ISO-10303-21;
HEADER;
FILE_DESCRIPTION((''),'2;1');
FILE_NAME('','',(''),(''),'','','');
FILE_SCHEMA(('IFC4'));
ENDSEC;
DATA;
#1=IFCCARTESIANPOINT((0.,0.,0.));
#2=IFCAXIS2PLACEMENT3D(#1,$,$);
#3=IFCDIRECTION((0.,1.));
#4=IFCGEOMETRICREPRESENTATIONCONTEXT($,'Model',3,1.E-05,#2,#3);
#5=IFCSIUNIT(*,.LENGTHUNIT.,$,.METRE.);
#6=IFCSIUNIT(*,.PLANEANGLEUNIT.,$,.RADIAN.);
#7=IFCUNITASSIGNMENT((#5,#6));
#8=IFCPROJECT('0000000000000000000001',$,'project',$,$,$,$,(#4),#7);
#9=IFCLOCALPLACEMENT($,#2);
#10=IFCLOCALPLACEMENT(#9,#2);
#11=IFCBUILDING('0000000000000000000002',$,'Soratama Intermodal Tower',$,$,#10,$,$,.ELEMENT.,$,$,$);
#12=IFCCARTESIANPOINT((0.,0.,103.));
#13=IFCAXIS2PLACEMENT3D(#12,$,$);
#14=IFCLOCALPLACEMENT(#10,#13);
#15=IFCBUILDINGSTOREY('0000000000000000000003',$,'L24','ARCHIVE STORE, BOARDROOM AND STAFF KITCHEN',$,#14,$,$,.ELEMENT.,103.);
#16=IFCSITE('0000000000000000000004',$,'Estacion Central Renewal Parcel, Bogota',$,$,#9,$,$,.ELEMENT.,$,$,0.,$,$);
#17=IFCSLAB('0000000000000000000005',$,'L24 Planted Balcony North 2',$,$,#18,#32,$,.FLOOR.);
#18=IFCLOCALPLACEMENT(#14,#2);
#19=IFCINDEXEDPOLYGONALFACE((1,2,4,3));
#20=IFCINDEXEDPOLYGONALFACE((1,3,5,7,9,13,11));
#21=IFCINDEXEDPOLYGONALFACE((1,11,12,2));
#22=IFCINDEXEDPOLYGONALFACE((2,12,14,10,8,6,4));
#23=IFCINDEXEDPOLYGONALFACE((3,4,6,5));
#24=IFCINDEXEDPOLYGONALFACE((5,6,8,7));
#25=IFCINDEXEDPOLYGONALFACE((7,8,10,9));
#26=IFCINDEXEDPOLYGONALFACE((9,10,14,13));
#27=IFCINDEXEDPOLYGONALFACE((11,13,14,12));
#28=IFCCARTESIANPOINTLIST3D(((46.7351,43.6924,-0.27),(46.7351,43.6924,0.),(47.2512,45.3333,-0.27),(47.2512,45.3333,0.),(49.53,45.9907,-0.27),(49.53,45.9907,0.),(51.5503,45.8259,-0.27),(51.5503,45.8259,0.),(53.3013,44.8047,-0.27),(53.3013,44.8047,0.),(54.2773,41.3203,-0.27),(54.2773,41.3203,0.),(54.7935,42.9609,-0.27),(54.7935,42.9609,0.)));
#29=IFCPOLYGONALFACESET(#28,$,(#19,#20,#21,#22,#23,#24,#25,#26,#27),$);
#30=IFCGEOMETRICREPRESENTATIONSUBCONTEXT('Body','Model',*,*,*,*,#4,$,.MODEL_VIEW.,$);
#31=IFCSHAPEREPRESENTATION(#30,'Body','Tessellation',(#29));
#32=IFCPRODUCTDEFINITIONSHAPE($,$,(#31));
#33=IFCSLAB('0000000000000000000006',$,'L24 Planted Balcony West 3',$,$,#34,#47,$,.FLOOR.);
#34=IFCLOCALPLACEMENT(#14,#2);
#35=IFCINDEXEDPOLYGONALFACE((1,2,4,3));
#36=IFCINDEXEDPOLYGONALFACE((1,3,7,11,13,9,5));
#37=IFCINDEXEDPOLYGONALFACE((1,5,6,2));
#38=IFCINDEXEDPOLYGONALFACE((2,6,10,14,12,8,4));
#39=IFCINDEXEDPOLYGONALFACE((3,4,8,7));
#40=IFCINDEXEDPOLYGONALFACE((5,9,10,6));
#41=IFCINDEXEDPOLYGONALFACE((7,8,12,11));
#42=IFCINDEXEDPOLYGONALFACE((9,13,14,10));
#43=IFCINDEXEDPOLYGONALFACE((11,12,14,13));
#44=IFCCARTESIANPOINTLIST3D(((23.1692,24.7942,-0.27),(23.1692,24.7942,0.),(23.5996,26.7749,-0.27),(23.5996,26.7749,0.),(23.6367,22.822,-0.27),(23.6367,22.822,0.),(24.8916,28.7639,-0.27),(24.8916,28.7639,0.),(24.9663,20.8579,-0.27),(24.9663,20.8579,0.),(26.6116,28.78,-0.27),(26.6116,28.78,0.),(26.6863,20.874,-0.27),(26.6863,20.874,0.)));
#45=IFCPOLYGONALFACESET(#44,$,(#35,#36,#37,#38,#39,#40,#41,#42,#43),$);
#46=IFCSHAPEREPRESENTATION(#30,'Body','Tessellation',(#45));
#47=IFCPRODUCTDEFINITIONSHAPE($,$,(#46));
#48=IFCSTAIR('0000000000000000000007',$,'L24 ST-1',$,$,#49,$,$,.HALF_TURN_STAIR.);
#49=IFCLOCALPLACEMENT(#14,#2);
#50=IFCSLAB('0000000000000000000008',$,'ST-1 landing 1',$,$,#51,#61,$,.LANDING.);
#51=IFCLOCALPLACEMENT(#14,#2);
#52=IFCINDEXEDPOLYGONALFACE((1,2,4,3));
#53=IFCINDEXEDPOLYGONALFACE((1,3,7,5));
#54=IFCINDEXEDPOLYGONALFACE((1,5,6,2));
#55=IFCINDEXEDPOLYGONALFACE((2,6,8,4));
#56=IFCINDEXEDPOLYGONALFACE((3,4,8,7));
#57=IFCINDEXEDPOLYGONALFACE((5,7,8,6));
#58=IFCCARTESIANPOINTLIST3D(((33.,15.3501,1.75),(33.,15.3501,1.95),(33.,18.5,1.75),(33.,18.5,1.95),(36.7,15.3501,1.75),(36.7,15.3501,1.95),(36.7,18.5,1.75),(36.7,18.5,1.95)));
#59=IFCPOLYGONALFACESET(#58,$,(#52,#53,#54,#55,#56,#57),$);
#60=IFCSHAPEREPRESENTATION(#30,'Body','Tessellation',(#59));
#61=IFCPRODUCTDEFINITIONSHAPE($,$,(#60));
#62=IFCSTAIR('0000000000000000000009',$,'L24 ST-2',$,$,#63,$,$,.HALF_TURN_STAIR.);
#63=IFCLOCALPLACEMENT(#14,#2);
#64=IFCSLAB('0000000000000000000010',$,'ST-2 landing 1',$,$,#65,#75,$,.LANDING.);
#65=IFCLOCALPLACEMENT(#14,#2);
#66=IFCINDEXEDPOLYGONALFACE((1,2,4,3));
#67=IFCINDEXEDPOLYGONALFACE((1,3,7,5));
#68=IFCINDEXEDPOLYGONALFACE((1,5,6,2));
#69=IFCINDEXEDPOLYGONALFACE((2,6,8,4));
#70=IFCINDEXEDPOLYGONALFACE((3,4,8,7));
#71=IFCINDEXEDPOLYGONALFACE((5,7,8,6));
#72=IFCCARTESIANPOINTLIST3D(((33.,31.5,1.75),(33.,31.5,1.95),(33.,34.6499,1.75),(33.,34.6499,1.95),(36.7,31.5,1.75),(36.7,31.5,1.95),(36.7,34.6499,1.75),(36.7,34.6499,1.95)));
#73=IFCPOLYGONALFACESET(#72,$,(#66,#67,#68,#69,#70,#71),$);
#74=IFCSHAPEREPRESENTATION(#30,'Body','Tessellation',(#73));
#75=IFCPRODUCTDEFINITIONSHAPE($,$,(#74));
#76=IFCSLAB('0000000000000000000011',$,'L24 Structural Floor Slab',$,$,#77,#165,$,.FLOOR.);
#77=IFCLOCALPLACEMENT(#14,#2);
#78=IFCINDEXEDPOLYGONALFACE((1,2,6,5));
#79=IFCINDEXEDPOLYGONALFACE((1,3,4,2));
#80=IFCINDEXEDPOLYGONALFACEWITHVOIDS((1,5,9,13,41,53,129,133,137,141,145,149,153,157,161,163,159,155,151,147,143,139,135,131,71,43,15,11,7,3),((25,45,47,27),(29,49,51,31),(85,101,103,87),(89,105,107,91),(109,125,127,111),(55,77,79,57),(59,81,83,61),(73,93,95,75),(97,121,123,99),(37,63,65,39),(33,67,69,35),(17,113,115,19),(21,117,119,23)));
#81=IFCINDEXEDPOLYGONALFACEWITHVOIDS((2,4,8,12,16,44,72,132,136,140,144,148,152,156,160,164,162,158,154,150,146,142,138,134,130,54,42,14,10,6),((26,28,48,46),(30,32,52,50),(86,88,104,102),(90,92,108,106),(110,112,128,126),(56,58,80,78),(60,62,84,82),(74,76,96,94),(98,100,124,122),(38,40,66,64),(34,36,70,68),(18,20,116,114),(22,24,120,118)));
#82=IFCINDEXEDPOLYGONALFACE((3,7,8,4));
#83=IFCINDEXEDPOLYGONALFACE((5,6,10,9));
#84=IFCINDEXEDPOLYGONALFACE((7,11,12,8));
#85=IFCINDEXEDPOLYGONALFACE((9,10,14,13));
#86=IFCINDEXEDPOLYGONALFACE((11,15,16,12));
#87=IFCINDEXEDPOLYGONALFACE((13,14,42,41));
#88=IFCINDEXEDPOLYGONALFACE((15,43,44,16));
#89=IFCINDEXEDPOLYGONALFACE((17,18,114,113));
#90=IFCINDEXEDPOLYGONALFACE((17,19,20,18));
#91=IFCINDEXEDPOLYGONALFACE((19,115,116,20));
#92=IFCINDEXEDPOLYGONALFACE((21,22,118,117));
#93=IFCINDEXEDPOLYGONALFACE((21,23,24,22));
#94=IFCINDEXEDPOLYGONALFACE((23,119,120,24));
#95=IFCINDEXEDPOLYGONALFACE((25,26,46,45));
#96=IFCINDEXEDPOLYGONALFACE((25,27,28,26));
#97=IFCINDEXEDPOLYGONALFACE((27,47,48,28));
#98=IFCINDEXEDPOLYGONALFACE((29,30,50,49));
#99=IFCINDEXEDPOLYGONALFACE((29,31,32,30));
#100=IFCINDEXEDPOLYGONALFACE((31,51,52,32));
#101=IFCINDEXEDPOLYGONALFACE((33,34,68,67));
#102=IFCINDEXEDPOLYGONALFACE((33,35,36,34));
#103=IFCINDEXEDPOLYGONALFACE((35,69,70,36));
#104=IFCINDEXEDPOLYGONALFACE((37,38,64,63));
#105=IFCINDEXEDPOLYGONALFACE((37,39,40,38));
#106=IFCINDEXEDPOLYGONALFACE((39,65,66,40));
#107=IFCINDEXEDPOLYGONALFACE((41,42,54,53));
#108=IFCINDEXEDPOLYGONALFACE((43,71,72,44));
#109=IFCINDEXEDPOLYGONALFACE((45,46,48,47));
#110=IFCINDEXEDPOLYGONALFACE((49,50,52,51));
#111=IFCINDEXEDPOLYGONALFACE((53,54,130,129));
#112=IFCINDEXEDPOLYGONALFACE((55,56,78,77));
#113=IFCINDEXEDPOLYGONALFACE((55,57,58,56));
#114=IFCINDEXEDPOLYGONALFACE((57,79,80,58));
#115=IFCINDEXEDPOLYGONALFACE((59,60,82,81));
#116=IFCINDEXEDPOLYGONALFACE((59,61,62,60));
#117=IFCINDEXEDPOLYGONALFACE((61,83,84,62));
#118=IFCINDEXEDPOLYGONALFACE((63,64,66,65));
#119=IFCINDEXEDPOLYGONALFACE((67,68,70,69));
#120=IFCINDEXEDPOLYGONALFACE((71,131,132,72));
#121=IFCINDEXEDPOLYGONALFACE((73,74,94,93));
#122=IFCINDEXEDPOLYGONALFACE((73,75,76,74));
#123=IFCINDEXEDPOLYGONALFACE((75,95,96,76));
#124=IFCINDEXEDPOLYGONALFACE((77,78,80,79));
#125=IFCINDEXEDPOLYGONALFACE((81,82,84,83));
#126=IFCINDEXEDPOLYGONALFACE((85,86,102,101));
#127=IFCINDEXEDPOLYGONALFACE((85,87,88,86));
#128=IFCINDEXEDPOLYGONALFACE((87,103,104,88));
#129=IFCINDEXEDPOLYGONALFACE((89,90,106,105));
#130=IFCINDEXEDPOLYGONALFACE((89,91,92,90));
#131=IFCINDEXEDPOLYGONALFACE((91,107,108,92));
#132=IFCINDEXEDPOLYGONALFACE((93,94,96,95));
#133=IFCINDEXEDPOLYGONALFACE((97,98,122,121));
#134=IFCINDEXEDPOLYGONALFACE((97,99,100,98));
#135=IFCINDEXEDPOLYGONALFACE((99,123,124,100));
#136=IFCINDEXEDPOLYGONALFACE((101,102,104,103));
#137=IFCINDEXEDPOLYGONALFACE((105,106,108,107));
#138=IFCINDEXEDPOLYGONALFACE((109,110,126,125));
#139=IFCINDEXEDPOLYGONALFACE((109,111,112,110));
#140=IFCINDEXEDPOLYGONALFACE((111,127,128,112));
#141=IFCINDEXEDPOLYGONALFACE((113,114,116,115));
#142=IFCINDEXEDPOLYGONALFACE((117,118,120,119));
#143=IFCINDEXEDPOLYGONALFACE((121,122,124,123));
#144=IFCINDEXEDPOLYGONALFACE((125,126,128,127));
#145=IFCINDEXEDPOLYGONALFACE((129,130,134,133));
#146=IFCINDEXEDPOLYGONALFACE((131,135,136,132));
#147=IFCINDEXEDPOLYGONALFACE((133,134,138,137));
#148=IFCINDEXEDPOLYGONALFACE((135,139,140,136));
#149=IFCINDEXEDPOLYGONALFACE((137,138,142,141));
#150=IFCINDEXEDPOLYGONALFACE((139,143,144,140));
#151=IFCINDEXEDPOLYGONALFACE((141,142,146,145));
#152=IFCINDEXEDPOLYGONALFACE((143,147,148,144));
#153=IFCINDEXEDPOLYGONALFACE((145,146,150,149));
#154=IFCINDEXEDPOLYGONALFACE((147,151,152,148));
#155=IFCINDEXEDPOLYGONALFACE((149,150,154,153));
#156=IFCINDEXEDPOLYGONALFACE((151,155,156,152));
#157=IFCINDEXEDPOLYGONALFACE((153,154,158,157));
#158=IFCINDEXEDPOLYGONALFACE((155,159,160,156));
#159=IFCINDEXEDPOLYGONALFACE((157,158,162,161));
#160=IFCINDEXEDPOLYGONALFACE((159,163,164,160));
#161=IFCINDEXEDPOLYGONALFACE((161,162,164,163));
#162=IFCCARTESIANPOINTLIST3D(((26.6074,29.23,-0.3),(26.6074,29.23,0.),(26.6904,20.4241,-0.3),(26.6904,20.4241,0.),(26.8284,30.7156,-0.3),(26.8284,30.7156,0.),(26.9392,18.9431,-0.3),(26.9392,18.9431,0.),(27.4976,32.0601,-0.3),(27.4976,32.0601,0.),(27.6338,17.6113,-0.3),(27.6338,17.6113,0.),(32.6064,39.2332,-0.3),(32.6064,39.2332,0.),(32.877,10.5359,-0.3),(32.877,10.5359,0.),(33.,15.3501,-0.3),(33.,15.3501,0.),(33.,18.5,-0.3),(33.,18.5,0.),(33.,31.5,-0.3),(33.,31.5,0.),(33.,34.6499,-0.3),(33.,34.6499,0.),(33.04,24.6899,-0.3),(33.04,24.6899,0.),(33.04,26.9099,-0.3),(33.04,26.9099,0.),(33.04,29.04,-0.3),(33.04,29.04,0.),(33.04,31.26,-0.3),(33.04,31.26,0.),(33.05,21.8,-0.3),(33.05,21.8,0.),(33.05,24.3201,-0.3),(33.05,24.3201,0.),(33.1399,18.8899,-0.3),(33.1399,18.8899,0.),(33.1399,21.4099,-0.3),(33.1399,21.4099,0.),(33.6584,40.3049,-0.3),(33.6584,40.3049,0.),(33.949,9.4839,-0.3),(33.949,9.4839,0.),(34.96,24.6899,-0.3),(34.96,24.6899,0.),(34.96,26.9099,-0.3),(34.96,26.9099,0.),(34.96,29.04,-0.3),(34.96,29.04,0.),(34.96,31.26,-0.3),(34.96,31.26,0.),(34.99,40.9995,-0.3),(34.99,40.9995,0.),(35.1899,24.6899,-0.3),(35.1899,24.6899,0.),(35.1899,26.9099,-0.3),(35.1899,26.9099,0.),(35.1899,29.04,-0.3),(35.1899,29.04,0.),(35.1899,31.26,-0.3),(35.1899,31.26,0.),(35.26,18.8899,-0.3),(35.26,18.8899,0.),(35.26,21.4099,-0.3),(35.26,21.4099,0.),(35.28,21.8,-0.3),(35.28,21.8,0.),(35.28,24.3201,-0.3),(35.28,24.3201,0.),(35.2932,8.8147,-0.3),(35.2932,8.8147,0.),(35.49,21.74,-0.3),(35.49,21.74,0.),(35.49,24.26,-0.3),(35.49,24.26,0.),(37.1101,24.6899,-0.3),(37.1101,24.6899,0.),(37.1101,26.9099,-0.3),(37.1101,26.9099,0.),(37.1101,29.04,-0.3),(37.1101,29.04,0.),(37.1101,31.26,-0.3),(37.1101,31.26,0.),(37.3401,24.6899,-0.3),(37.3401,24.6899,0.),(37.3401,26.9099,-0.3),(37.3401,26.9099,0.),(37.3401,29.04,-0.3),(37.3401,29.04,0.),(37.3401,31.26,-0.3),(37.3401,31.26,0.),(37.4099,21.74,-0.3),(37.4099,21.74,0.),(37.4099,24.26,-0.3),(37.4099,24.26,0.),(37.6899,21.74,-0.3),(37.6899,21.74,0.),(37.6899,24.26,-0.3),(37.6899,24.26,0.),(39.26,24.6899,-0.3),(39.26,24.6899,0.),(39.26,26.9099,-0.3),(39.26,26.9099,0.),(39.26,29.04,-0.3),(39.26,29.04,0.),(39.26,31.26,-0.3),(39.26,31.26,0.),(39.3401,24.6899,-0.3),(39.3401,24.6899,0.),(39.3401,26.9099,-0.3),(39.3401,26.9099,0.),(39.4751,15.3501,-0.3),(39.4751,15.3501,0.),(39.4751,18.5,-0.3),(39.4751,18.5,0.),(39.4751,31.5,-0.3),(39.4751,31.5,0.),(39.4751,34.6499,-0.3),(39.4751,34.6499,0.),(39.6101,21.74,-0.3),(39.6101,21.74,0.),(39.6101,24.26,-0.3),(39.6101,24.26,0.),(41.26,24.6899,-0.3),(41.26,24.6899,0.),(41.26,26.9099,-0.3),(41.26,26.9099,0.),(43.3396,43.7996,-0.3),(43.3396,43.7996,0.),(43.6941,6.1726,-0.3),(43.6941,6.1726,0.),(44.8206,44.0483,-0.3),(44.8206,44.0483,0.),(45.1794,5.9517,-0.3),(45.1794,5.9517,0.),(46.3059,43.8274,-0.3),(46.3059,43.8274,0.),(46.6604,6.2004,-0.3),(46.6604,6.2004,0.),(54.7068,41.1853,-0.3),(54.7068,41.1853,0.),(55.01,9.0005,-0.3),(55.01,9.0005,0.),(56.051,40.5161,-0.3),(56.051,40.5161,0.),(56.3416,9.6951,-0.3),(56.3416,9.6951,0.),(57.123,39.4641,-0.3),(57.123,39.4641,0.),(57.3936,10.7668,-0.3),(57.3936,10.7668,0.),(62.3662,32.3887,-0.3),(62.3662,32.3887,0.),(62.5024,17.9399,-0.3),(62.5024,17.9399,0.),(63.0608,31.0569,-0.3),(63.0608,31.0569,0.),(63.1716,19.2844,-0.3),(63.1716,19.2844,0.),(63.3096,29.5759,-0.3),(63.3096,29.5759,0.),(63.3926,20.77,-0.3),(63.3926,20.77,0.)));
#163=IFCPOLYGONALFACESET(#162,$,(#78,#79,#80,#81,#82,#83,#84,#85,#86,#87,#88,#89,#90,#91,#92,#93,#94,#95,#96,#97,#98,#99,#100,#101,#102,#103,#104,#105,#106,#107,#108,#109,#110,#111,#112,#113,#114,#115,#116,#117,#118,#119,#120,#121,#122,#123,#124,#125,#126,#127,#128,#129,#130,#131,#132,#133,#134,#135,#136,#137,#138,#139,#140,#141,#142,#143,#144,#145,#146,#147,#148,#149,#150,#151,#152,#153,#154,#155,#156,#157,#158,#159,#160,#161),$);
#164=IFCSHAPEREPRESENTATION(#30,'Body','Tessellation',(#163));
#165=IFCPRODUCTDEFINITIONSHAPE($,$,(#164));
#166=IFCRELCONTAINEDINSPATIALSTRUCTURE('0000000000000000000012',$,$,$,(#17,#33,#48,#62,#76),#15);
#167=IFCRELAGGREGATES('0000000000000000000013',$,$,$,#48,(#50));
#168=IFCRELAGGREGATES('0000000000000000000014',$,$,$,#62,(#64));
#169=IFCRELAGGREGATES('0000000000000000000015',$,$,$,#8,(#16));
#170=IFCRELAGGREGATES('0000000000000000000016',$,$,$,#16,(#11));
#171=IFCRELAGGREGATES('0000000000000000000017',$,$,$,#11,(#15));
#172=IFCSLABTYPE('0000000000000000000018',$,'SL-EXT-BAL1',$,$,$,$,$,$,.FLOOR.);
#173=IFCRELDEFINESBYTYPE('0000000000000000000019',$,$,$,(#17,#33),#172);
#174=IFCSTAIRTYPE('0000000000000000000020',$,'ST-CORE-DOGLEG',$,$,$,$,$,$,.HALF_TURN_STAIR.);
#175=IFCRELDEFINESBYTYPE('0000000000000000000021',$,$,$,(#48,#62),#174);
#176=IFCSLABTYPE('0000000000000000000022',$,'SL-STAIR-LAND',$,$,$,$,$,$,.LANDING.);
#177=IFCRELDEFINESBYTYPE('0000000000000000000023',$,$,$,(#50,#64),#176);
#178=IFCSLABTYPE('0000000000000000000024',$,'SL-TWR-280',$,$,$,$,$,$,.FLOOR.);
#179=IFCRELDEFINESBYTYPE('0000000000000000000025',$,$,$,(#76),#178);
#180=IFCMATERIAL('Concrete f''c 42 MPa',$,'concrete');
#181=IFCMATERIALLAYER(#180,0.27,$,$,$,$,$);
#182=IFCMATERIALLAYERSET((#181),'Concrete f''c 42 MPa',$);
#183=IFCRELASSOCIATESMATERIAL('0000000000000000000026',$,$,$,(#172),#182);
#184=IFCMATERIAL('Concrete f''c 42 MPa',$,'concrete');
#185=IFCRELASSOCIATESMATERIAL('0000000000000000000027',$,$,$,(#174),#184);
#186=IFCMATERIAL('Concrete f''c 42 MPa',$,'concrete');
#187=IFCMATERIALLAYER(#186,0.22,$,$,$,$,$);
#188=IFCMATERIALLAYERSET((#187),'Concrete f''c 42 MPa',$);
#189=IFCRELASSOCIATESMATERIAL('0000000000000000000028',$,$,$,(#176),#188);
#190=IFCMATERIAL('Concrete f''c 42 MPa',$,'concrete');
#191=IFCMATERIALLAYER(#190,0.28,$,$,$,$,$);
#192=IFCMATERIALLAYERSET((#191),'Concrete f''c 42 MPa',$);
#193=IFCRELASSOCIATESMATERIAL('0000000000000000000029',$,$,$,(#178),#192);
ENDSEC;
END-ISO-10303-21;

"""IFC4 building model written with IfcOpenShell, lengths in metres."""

from ifc_helpers import new_model, si_unit, direction, frame, origin, place, context, subcontext, project, spatial, polyline, outline, extrude, material, layer, layer_set, type_object, element, aggregate, save


model = new_model("IFC4")

# Units and contexts
model_context = context("Model", 3, precision=1e-05, world=origin(), true_north=direction((0.0, 1.0)))
body_context = subcontext(model_context, "Body", "Model", "MODEL_VIEW")
ifc_project = project(units=[si_unit("LENGTHUNIT", "METRE"), si_unit("PLANEANGLEUNIT", "RADIAN")], contexts=[model_context])

# Site, building, storey
site_placement = place(None, origin())
site = spatial("IfcSite", under=ifc_project, at=site_placement, Name="Estacion Central Renewal Parcel, Bogota", CompositionType="ELEMENT", RefElevation=0.0)
building_placement = place(site_placement, origin())
building = spatial("IfcBuilding", under=site, at=building_placement, Name="Soratama Intermodal Tower", CompositionType="ELEMENT")
storey_placement = place(building_placement, frame((0.0, 0.0, 103.0)))
storey = spatial("IfcBuildingStorey", under=building, at=storey_placement, Name="L24", Description="ARCHIVE STORE, BOARDROOM AND STAFF KITCHEN", CompositionType="ELEMENT", Elevation=103.0)

# Slabs
ifc_material_1 = material(Name="Concrete f'c 42 MPa", Category="concrete")
ifc_layer_1 = layer(ifc_material_1, 0.27)
ifc_layer_set_1 = layer_set([ifc_layer_1], Name="Concrete f'c 42 MPa")
slab_type_1 = type_object("IfcSlabType", Name="SL-EXT-BAL1", PredefinedType="FLOOR", material=ifc_layer_set_1)
slab_1_placement = place(storey_placement, frame((0.0, 0.0, -0.27)))
element("IfcSlab", 1, at=slab_1_placement, inside=storey, type_object=slab_type_1, Name="L24 Planted Balcony North 2", PredefinedType="FLOOR", context=body_context, shape_type="SweptSolid", body=[
    extrude(outline(polyline([(54.2773, 41.3203), (46.7351, 43.6924), (47.2512, 45.3333), (49.53, 45.9907), (51.5503, 45.8259), (53.3013, 44.8047), (54.7935, 42.9609), (54.2773, 41.3203)])), origin(), (0.0, 0.0, 1.0), 0.27),
])
slab_2_placement = place(storey_placement, frame((0.0, 0.0, -0.27)))
element("IfcSlab", 2, at=slab_2_placement, inside=storey, type_object=slab_type_1, Name="L24 Planted Balcony West 3", PredefinedType="FLOOR", context=body_context, shape_type="SweptSolid", body=[
    extrude(outline(polyline([(26.6116, 28.78), (26.6863, 20.874), (24.9663, 20.8579), (23.6367, 22.822), (23.1692, 24.7942), (23.5996, 26.7749), (24.8916, 28.7639), (26.6116, 28.78)])), origin(), (0.0, 0.0, 1.0), 0.27),
])

# Stairs, slabs
ifc_material_2 = material(Name="Concrete f'c 42 MPa", Category="concrete")
stair_type = type_object("IfcStairType", Name="ST-CORE-DOGLEG", PredefinedType="HALF_TURN_STAIR", material=ifc_material_2)
stair_1_placement = place(storey_placement, origin())
stair_1 = element("IfcStair", 3, at=stair_1_placement, inside=storey, type_object=stair_type, Name="L24 ST-1", PredefinedType="HALF_TURN_STAIR")
ifc_material_3 = material(Name="Concrete f'c 42 MPa", Category="concrete")
ifc_layer_2 = layer(ifc_material_3, 0.22)
ifc_layer_set_2 = layer_set([ifc_layer_2], Name="Concrete f'c 42 MPa")
slab_type_2 = type_object("IfcSlabType", Name="SL-STAIR-LAND", PredefinedType="LANDING", material=ifc_layer_set_2)
slab_3_placement = place(storey_placement, frame((0.0, 0.0, 1.75)))
slab_3 = element("IfcSlab", 4, at=slab_3_placement, type_object=slab_type_2, Name="ST-1 landing 1", PredefinedType="LANDING", context=body_context, shape_type="SweptSolid", body=[
    extrude(outline(polyline([(36.7, 18.5), (33.0, 18.5), (33.0, 15.3501), (36.7, 15.3501), (36.7, 18.5)])), origin(), (0.0, 0.0, 1.0), 0.2),
])
aggregate(stair_1, [slab_3])
stair_2_placement = place(storey_placement, origin())
stair_2 = element("IfcStair", 5, at=stair_2_placement, inside=storey, type_object=stair_type, Name="L24 ST-2", PredefinedType="HALF_TURN_STAIR")
slab_4_placement = place(storey_placement, frame((0.0, 0.0, 1.75)))
slab_4 = element("IfcSlab", 6, at=slab_4_placement, type_object=slab_type_2, Name="ST-2 landing 1", PredefinedType="LANDING", context=body_context, shape_type="SweptSolid", body=[
    extrude(outline(polyline([(36.7, 34.6499), (33.0, 34.6499), (33.0, 31.5), (36.7, 31.5), (36.7, 34.6499)])), origin(), (0.0, 0.0, 1.0), 0.2),
])
aggregate(stair_2, [slab_4])

# Slab
ifc_material_4 = material(Name="Concrete f'c 42 MPa", Category="concrete")
ifc_layer_3 = layer(ifc_material_4, 0.28)
ifc_layer_set_3 = layer_set([ifc_layer_3], Name="Concrete f'c 42 MPa")
slab_type_3 = type_object("IfcSlabType", Name="SL-TWR-280", PredefinedType="FLOOR", material=ifc_layer_set_3)
slab_5_placement = place(storey_placement, frame((0.0, 0.0, -0.3)))
element("IfcSlab", 7, at=slab_5_placement, inside=storey, type_object=slab_type_3, Name="L24 Structural Floor Slab", PredefinedType="FLOOR", context=body_context, shape_type="SweptSolid", body=[
    extrude(outline(polyline([(63.3096, 29.5759), (63.0608, 31.0569), (62.3662, 32.3887), (57.123, 39.4641), (56.051, 40.5161), (54.7068, 41.1853), (46.3059, 43.8274), (44.8206, 44.0483), (43.3396, 43.7996), (34.99, 40.9995), (33.6584, 40.3049), (32.6064, 39.2332), (27.4976, 32.0601), (26.8284, 30.7156), (26.6074, 29.23), (26.6904, 20.4241), (26.9392, 18.9431), (27.6338, 17.6113), (32.877, 10.5359), (33.949, 9.4839), (35.2932, 8.8147), (43.6941, 6.1726), (45.1794, 5.9517), (46.6604, 6.2004), (55.01, 9.0005), (56.3416, 9.6951), (57.3936, 10.7668), (62.5024, 17.9399), (63.1716, 19.2844), (63.3926, 20.77), (63.3096, 29.5759)]), holes=[polyline([(33.0, 18.5), (33.0, 15.3501), (39.4751, 15.3501), (39.4751, 18.5), (33.0, 18.5)]), polyline([(35.26, 18.8899), (35.26, 21.4099), (33.1399, 21.4099), (33.1399, 18.8899), (35.26, 18.8899)]), polyline([(33.05, 21.8), (35.28, 21.8), (35.28, 24.3201), (33.05, 24.3201), (33.05, 21.8)]), polyline([(34.96, 26.9099), (33.04, 26.9099), (33.04, 24.6899), (34.96, 24.6899), (34.96, 26.9099)]), polyline([(37.1101, 24.6899), (37.1101, 26.9099), (35.1899, 26.9099), (35.1899, 24.6899), (37.1101, 24.6899)]), polyline([(34.96, 29.04), (34.96, 31.26), (33.04, 31.26), (33.04, 29.04), (34.96, 29.04)]), polyline([(37.1101, 31.26), (35.1899, 31.26), (35.1899, 29.04), (37.1101, 29.04), (37.1101, 31.26)]), polyline([(37.4099, 21.74), (37.4099, 24.26), (35.49, 24.26), (35.49, 21.74), (37.4099, 21.74)]), polyline([(39.6101, 21.74), (39.6101, 24.26), (37.6899, 24.26), (37.6899, 21.74), (39.6101, 21.74)]), polyline([(39.26, 24.6899), (39.26, 26.9099), (37.3401, 26.9099), (37.3401, 24.6899), (39.26, 24.6899)]), polyline([(41.26, 24.6899), (41.26, 26.9099), (39.3401, 26.9099), (39.3401, 24.6899), (41.26, 24.6899)]), polyline([(39.26, 29.04), (39.26, 31.26), (37.3401, 31.26), (37.3401, 29.04), (39.26, 29.04)]), polyline([(39.4751, 34.6499), (33.0, 34.6499), (33.0, 31.5), (39.4751, 31.5), (39.4751, 34.6499)])]), origin(), (0.0, 0.0, 1.0), 0.3),
])

save(model, "model.ifc")
